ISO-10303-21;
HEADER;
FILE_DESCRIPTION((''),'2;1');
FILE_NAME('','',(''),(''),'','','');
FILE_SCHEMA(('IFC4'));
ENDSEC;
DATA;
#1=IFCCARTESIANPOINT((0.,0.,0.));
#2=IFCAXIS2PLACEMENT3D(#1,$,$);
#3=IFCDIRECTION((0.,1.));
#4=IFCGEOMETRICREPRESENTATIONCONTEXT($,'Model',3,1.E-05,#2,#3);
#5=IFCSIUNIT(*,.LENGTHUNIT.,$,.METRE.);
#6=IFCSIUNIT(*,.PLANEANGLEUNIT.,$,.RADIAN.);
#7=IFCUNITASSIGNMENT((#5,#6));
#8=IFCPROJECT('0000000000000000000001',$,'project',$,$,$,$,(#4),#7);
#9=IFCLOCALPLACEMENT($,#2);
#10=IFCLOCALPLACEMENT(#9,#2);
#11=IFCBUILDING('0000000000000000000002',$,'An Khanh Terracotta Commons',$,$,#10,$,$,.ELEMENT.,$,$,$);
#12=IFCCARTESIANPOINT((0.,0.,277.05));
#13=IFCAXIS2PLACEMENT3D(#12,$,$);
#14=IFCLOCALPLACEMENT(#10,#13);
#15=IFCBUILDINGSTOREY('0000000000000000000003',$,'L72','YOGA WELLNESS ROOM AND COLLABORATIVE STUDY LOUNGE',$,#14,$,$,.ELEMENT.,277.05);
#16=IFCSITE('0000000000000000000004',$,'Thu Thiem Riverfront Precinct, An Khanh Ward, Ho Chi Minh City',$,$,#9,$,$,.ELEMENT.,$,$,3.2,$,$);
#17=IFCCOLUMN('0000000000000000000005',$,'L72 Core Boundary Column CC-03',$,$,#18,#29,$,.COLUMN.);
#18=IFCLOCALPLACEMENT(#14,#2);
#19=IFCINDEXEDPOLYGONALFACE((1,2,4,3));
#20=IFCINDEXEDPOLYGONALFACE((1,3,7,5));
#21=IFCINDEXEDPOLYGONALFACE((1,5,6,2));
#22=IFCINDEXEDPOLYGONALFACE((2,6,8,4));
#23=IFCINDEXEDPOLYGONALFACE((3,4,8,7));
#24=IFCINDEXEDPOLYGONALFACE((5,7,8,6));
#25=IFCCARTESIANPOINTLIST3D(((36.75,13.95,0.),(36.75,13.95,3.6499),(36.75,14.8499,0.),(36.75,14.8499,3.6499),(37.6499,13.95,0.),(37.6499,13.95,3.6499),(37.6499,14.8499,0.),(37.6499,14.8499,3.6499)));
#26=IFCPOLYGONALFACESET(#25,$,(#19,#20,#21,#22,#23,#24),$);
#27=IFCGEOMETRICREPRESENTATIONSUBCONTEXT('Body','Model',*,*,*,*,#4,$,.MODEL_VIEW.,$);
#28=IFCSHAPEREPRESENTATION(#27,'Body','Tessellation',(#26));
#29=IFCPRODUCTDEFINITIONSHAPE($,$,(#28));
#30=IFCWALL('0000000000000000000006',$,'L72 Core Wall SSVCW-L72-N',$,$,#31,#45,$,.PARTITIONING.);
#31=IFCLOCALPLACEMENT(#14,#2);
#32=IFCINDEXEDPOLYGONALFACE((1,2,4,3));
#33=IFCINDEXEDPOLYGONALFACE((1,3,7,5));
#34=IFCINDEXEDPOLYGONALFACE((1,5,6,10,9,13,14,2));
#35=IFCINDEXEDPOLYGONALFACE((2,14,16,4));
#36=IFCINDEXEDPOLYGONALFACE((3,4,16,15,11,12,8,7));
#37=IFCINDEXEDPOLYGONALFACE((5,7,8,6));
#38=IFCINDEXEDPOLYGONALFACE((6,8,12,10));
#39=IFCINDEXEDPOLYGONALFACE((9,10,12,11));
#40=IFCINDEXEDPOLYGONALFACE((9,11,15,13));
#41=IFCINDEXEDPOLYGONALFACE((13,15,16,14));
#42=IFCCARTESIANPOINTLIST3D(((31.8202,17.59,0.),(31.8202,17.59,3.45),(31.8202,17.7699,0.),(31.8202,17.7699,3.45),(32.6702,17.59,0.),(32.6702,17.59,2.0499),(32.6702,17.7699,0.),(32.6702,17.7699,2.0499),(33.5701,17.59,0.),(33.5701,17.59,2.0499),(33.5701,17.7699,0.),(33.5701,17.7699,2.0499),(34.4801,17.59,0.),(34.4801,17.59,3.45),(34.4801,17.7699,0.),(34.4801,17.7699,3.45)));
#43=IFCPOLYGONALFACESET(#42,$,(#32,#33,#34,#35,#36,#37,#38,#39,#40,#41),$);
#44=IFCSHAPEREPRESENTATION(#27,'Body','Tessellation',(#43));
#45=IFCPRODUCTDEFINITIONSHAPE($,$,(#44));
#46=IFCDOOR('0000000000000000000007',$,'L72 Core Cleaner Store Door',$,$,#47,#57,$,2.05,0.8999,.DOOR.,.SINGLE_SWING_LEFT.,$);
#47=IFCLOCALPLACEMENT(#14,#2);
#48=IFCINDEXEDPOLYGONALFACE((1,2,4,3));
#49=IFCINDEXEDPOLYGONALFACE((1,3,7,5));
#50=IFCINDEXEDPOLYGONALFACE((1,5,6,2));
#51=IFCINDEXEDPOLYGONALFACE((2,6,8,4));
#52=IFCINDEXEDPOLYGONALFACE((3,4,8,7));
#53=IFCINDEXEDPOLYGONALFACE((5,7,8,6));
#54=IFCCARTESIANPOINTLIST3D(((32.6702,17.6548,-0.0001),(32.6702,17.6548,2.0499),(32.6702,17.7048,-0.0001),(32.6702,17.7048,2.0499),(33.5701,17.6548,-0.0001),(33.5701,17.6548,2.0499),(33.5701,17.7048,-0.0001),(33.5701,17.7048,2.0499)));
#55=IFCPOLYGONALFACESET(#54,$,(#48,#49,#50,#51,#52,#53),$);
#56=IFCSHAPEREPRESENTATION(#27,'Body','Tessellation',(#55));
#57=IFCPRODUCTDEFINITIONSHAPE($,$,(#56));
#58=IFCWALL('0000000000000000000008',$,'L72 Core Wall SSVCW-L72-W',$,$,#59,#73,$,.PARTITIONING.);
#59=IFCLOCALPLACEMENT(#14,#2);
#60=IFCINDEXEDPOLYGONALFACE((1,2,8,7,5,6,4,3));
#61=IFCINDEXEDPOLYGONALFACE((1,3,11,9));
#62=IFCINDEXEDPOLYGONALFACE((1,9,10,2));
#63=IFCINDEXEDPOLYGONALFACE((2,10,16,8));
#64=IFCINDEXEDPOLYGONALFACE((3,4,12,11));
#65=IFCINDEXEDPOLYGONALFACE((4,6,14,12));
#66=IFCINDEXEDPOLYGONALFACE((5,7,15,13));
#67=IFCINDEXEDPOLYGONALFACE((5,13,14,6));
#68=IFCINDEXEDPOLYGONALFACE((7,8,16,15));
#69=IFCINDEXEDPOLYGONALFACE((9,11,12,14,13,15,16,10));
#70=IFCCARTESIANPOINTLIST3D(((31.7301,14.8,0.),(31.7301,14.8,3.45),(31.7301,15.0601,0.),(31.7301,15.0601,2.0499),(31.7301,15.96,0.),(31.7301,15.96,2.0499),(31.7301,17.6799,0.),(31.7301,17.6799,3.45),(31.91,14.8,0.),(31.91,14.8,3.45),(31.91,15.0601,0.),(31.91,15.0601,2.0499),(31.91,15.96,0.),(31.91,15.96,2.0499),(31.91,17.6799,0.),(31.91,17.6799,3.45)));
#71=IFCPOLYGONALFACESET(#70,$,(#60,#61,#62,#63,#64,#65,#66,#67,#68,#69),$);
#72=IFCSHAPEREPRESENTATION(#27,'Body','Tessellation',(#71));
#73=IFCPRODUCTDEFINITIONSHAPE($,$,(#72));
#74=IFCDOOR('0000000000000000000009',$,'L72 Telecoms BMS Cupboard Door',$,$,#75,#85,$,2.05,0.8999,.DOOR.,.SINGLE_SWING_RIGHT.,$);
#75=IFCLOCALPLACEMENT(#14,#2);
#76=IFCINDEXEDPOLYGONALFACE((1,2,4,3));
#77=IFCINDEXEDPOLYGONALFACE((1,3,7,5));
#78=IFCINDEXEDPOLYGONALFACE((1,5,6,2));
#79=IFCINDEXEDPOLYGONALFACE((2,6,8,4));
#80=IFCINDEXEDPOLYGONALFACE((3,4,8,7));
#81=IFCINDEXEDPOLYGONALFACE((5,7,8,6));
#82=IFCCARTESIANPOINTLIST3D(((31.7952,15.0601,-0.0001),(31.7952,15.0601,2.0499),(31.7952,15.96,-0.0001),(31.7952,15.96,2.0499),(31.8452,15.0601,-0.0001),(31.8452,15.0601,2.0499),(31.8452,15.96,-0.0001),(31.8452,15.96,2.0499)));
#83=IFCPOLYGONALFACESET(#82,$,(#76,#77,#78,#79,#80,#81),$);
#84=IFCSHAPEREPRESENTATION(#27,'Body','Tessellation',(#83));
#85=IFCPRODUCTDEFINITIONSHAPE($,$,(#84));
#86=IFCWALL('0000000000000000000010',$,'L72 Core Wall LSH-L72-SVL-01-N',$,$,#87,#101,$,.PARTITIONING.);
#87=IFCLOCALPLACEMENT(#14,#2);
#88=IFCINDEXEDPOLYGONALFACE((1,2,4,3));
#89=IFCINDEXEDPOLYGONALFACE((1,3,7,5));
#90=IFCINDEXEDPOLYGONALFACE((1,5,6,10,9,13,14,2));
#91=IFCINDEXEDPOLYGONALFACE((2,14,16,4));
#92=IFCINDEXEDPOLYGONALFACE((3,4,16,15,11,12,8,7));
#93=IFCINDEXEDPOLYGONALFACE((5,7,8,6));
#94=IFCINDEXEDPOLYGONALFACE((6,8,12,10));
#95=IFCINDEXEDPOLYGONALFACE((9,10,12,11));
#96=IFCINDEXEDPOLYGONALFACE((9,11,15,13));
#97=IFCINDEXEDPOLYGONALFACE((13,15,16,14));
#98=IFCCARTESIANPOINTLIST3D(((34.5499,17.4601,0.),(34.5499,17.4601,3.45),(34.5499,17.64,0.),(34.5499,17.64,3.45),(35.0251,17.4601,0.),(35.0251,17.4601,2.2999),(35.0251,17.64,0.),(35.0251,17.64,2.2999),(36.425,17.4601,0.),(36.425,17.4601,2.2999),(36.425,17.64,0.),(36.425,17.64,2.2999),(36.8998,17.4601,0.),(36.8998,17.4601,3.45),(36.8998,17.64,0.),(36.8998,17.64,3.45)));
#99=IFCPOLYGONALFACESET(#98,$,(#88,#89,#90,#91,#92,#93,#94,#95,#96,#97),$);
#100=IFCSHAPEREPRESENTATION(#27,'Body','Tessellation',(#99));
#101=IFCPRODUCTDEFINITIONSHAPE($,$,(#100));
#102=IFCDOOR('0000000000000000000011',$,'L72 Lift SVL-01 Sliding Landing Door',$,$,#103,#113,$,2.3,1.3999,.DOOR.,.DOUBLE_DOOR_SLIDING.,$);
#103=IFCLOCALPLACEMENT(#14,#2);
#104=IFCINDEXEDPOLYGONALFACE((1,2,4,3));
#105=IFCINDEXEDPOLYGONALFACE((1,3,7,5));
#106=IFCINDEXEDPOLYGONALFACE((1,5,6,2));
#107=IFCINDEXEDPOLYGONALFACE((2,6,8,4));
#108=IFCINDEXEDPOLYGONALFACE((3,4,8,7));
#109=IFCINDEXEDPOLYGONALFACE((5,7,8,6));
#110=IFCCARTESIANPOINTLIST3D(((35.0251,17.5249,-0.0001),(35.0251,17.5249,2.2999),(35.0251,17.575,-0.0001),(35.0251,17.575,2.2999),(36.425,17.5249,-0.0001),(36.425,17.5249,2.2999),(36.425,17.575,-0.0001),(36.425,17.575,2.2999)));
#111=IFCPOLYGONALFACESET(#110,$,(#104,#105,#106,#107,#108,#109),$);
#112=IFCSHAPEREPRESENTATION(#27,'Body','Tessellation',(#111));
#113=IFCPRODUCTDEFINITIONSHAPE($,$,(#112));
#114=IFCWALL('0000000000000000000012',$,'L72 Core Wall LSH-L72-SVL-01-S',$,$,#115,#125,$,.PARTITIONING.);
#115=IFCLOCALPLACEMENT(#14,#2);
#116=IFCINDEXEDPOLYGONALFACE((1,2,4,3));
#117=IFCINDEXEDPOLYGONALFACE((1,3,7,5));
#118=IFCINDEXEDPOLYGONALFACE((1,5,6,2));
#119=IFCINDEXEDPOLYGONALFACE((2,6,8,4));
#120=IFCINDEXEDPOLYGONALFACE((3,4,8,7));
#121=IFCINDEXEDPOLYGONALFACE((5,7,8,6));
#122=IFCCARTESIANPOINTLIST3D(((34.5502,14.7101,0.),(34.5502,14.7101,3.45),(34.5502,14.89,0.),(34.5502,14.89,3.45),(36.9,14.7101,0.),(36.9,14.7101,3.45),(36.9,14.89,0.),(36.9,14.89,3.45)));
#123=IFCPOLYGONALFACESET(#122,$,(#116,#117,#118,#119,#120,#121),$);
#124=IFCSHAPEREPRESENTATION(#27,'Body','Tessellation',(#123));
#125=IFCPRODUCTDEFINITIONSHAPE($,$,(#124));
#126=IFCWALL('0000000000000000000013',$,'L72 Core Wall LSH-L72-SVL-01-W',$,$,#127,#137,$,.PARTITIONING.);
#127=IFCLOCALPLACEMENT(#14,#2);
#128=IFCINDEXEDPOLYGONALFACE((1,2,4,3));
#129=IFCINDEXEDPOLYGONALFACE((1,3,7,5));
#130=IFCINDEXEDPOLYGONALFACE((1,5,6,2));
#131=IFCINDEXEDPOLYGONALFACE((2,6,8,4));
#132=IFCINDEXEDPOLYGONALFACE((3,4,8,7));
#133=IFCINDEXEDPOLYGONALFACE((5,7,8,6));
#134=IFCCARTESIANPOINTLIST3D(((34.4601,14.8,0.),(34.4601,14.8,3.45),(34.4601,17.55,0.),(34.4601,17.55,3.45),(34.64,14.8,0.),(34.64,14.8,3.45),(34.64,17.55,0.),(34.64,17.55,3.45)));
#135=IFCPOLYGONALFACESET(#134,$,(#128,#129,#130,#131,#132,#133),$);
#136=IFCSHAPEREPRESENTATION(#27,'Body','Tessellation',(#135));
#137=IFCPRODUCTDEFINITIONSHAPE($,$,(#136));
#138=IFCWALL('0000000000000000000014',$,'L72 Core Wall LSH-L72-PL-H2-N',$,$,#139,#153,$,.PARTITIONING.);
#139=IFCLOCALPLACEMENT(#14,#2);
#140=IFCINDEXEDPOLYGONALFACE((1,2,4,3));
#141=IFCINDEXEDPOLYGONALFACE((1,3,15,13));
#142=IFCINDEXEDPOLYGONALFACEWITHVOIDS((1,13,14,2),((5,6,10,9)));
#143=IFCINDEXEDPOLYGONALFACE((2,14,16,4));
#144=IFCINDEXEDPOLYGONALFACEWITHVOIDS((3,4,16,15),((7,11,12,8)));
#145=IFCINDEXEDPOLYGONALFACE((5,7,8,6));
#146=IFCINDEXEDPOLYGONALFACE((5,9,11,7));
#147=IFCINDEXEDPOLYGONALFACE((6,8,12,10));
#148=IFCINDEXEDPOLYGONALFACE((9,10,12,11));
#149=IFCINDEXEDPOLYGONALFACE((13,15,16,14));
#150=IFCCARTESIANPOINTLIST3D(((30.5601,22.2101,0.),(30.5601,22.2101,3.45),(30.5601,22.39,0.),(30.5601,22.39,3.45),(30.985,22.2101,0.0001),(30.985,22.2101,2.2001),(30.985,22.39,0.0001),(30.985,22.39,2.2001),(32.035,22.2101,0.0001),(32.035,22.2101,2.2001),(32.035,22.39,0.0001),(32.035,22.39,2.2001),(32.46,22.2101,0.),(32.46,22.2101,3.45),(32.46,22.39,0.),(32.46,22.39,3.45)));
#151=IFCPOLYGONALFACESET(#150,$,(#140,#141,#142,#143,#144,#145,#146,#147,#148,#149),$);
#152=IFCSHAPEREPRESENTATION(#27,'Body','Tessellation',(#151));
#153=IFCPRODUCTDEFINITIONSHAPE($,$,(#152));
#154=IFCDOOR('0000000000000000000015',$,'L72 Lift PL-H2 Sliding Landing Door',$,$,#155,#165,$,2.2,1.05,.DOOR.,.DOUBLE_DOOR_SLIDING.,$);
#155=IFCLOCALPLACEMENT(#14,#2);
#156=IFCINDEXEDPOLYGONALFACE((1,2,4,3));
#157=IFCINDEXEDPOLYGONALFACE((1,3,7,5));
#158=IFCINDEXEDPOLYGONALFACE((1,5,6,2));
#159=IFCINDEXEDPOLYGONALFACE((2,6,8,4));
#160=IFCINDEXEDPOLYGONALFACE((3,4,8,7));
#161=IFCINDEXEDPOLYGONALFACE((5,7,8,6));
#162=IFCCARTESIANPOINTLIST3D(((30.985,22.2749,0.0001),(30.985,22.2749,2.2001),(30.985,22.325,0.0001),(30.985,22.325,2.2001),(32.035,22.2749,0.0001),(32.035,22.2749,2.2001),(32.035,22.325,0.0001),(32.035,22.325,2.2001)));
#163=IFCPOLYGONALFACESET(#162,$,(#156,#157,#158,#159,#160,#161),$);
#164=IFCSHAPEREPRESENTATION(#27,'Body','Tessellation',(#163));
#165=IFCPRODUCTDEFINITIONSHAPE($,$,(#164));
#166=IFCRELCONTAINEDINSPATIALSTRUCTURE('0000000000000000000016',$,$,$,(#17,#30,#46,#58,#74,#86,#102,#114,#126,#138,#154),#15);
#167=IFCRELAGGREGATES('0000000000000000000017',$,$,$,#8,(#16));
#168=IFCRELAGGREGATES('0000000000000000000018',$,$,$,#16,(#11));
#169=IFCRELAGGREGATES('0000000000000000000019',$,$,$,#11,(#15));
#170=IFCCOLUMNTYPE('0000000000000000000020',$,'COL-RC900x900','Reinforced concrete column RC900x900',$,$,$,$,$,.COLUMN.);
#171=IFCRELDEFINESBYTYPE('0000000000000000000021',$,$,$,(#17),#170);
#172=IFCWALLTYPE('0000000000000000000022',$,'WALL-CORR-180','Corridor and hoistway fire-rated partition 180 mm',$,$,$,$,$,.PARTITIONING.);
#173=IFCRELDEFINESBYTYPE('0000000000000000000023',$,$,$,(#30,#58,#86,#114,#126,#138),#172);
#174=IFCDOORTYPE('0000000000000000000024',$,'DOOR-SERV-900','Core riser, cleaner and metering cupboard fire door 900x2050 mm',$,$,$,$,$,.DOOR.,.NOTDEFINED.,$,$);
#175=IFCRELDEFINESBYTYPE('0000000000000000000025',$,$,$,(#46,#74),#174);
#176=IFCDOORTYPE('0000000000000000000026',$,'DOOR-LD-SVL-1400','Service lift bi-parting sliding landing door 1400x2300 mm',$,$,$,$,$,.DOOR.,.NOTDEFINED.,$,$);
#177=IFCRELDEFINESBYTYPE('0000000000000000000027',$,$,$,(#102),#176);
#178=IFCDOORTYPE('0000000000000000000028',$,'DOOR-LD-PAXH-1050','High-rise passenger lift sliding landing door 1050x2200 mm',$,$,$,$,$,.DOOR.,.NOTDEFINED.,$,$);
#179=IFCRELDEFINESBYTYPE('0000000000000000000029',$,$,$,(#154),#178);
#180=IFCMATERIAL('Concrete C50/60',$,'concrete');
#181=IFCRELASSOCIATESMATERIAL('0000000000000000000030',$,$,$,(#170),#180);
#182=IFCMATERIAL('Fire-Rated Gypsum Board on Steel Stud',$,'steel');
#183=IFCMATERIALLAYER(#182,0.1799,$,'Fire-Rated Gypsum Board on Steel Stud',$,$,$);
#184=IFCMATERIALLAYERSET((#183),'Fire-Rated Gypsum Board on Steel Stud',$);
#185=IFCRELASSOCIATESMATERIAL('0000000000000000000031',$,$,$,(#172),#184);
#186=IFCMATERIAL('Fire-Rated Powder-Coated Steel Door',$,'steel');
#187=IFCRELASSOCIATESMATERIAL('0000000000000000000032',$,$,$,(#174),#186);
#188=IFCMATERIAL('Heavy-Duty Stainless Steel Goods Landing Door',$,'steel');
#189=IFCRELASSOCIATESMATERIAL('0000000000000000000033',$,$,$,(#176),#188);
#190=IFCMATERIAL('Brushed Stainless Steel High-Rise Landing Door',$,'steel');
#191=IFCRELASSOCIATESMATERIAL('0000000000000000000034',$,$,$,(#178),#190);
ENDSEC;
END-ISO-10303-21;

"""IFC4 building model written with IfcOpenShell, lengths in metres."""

from ifc_helpers import new_model, si_unit, direction, frame, frame_2d, origin, origin_2d, place, context, subcontext, project, spatial, rectangle, extrude, material, layer, layer_set, material_profile, profile_set, type_object, element, fill, save


model = new_model("IFC4")

# Units and contexts
model_context = context("Model", 3, precision=1e-05, world=origin(), true_north=direction((0.0, 1.0)))
body_context = subcontext(model_context, "Body", "Model", "MODEL_VIEW")
ifc_project = project(units=[si_unit("LENGTHUNIT", "METRE"), si_unit("PLANEANGLEUNIT", "RADIAN")], contexts=[model_context])

# Site, building, storey
site_placement = place(None, origin())
site = spatial("IfcSite", under=ifc_project, at=site_placement, Name="Thu Thiem Riverfront Precinct, An Khanh Ward, Ho Chi Minh City", CompositionType="ELEMENT", RefElevation=3.2)
building_placement = place(site_placement, origin())
building = spatial("IfcBuilding", under=site, at=building_placement, Name="An Khanh Terracotta Commons", CompositionType="ELEMENT")
storey_placement = place(building_placement, frame((0.0, 0.0, 277.05)))
storey = spatial("IfcBuildingStorey", under=building, at=storey_placement, Name="L72", Description="YOGA WELLNESS ROOM AND COLLABORATIVE STUDY LOUNGE", CompositionType="ELEMENT", Elevation=277.05)

# Column
ifc_material_1 = material(Name="Concrete C50/60", Category="concrete")
ifc_material_profile = material_profile(ifc_material_1, rectangle(XDim=0.8999, YDim=0.8999, at=origin_2d()), Name="RC900x900")
ifc_profile_set = profile_set([ifc_material_profile], Name="Concrete C50/60")
column_type = type_object("IfcColumnType", Name="COL-RC900x900", Description="Reinforced concrete column RC900x900", PredefinedType="COLUMN", material=ifc_profile_set)
column_placement = place(storey_placement, frame((37.2, 14.3999, 0.0), z_axis=(0.0, 0.0, 1.0), x_axis=(1.0, 0.0, 0.0)))
element("IfcColumn", 1, at=column_placement, inside=storey, type_object=column_type, Name="L72 Core Boundary Column CC-03", PredefinedType="COLUMN", context=body_context, shape_type="SweptSolid", body=[
    extrude(rectangle(XDim=0.8999, YDim=0.8999, at=origin_2d()), origin(), (0.0, 0.0, 1.0), 3.6499),
])

# Walls, openings, doors
ifc_material_2 = material(Name="Fire-Rated Gypsum Board on Steel Stud", Category="steel")
ifc_layer_1 = layer(ifc_material_2, 0.1799, Name="Fire-Rated Gypsum Board on Steel Stud")
ifc_layer_set_1 = layer_set([ifc_layer_1], Name="Fire-Rated Gypsum Board on Steel Stud")
wall_type_1 = type_object("IfcWallType", Name="WALL-CORR-180", Description="Corridor and hoistway fire-rated partition 180 mm", PredefinedType="PARTITIONING", material=ifc_layer_set_1)
wall_1_placement = place(storey_placement, frame((31.8201, 17.6799, 0.0), z_axis=(0.0, 0.0, 1.0), x_axis=(1.0, 0.0, 0.0)))
wall_1 = element("IfcWall", 2, at=wall_1_placement, inside=storey, type_object=wall_type_1, Name="L72 Core Wall SSVCW-L72-N", PredefinedType="PARTITIONING", context=body_context, shape_type="SweptSolid", body=[
    extrude(rectangle(XDim=2.6599, YDim=0.1799, at=frame_2d((1.3301, 0.0))), origin(), (0.0, 0.0, 1.0), 3.45),
])
opening_1_placement = place(wall_1_placement, frame((0.8501, 0.0, 0.0)))
opening_1 = element("IfcOpeningElement", 3, at=opening_1_placement, cuts=wall_1, PredefinedType="OPENING", context=body_context, shape_type="SweptSolid", body=[
    extrude(rectangle(XDim=0.8999, YDim=2.05, at=frame_2d((0.45, 1.0249))), frame((0.0, 0.0999, 0.0), z_axis=(0.0, -1.0, 0.0), x_axis=(1.0, 0.0, 0.0)), (0.0, 0.0, 1.0), 0.2),
])
ifc_material_3 = material(Name="Fire-Rated Powder-Coated Steel Door", Category="steel")
door_type_1 = type_object("IfcDoorType", Name="DOOR-SERV-900", Description="Core riser, cleaner and metering cupboard fire door 900x2050 mm", OperationType="NOTDEFINED", PredefinedType="DOOR", material=ifc_material_3)
door_1_placement = place(opening_1_placement, origin())
door_1 = element("IfcDoor", 4, at=door_1_placement, inside=storey, type_object=door_type_1, Name="L72 Core Cleaner Store Door", OperationType="SINGLE_SWING_LEFT", OverallHeight=2.05, OverallWidth=0.8999, PredefinedType="DOOR", context=body_context, shape_type="SweptSolid", body=[
    extrude(rectangle(XDim=0.8999, YDim=2.05, at=frame_2d((0.45, 1.0249))), frame((0.0, 0.0249, 0.0), z_axis=(0.0, -1.0, 0.0), x_axis=(1.0, 0.0, 0.0)), (0.0, 0.0, 1.0), 0.05),
])
fill(opening_1, door_1)
wall_2_placement = place(storey_placement, frame((31.8201, 14.8, 0.0), z_axis=(0.0, 0.0, 1.0), x_axis=(0.0, 1.0, 0.0)))
wall_2 = element("IfcWall", 5, at=wall_2_placement, inside=storey, type_object=wall_type_1, Name="L72 Core Wall SSVCW-L72-W", PredefinedType="PARTITIONING", context=body_context, shape_type="SweptSolid", body=[
    extrude(rectangle(XDim=2.8799, YDim=0.1799, at=frame_2d((1.4399, 0.0))), origin(), (0.0, 0.0, 1.0), 3.45),
])
opening_2_placement = place(wall_2_placement, frame((0.26, 0.0, 0.0)))
opening_2 = element("IfcOpeningElement", 6, at=opening_2_placement, cuts=wall_2, PredefinedType="OPENING", context=body_context, shape_type="SweptSolid", body=[
    extrude(rectangle(XDim=0.8999, YDim=2.05, at=frame_2d((0.45, 1.0249))), frame((0.0, 0.0999, 0.0), z_axis=(0.0, -1.0, 0.0), x_axis=(1.0, 0.0, 0.0)), (0.0, 0.0, 1.0), 0.2),
])
door_2_placement = place(opening_2_placement, origin())
door_2 = element("IfcDoor", 7, at=door_2_placement, inside=storey, type_object=door_type_1, Name="L72 Telecoms BMS Cupboard Door", OperationType="SINGLE_SWING_RIGHT", OverallHeight=2.05, OverallWidth=0.8999, PredefinedType="DOOR", context=body_context, shape_type="SweptSolid", body=[
    extrude(rectangle(XDim=0.8999, YDim=2.05, at=frame_2d((0.45, 1.0249))), frame((0.0, 0.0249, 0.0), z_axis=(0.0, -1.0, 0.0), x_axis=(1.0, 0.0, 0.0)), (0.0, 0.0, 1.0), 0.05),
])
fill(opening_2, door_2)
wall_3_placement = place(storey_placement, frame((34.55, 17.55, 0.0), z_axis=(0.0, 0.0, 1.0), x_axis=(1.0, 0.0, 0.0)))
wall_3 = element("IfcWall", 8, at=wall_3_placement, inside=storey, type_object=wall_type_1, Name="L72 Core Wall LSH-L72-SVL-01-N", PredefinedType="PARTITIONING", context=body_context, shape_type="SweptSolid", body=[
    extrude(rectangle(XDim=2.3499, YDim=0.1799, at=frame_2d((1.1748, 0.0))), origin(), (0.0, 0.0, 1.0), 3.45),
])
opening_3_placement = place(wall_3_placement, frame((0.4751, 0.0, 0.0)))
opening_3 = element("IfcOpeningElement", 9, at=opening_3_placement, cuts=wall_3, PredefinedType="OPENING", context=body_context, shape_type="SweptSolid", body=[
    extrude(rectangle(XDim=1.3999, YDim=2.3, at=frame_2d((0.7, 1.1499))), frame((0.0, 0.0999, 0.0), z_axis=(0.0, -1.0, 0.0), x_axis=(1.0, 0.0, 0.0)), (0.0, 0.0, 1.0), 0.2),
])
ifc_material_4 = material(Name="Heavy-Duty Stainless Steel Goods Landing Door", Category="steel")
door_type_2 = type_object("IfcDoorType", Name="DOOR-LD-SVL-1400", Description="Service lift bi-parting sliding landing door 1400x2300 mm", OperationType="NOTDEFINED", PredefinedType="DOOR", material=ifc_material_4)
door_3_placement = place(opening_3_placement, origin())
door_3 = element("IfcDoor", 10, at=door_3_placement, inside=storey, type_object=door_type_2, Name="L72 Lift SVL-01 Sliding Landing Door", OperationType="DOUBLE_DOOR_SLIDING", OverallHeight=2.3, OverallWidth=1.3999, PredefinedType="DOOR", context=body_context, shape_type="SweptSolid", body=[
    extrude(rectangle(XDim=1.3999, YDim=2.3, at=frame_2d((0.7, 1.1499))), frame((0.0, 0.0249, 0.0), z_axis=(0.0, -1.0, 0.0), x_axis=(1.0, 0.0, 0.0)), (0.0, 0.0, 1.0), 0.05),
])
fill(opening_3, door_3)

# Walls
wall_4_placement = place(storey_placement, frame((36.8999, 14.8, 0.0), z_axis=(0.0, 0.0, 1.0), x_axis=(-1.0, 0.0, 0.0)))
element("IfcWall", 11, at=wall_4_placement, inside=storey, type_object=wall_type_1, Name="L72 Core Wall LSH-L72-SVL-01-S", PredefinedType="PARTITIONING", context=body_context, shape_type="SweptSolid", body=[
    extrude(rectangle(XDim=2.3499, YDim=0.1799, at=frame_2d((1.1748, 0.0))), origin(), (0.0, 0.0, 1.0), 3.45),
])
wall_5_placement = place(storey_placement, frame((34.55, 17.55, 0.0), z_axis=(0.0, 0.0, 1.0), x_axis=(0.0, -1.0, 0.0)))
element("IfcWall", 12, at=wall_5_placement, inside=storey, type_object=wall_type_1, Name="L72 Core Wall LSH-L72-SVL-01-W", PredefinedType="PARTITIONING", context=body_context, shape_type="SweptSolid", body=[
    extrude(rectangle(XDim=2.75, YDim=0.1799, at=frame_2d((1.375, 0.0))), origin(), (0.0, 0.0, 1.0), 3.45),
])

# Wall, opening, door
wall_6_placement = place(storey_placement, frame((30.5601, 22.3, 0.0), z_axis=(0.0, 0.0, 1.0), x_axis=(1.0, 0.0, 0.0)))
wall_6 = element("IfcWall", 13, at=wall_6_placement, inside=storey, type_object=wall_type_1, Name="L72 Core Wall LSH-L72-PL-H2-N", PredefinedType="PARTITIONING", context=body_context, shape_type="SweptSolid", body=[
    extrude(rectangle(XDim=1.8999, YDim=0.1799, at=frame_2d((0.95, 0.0))), origin(), (0.0, 0.0, 1.0), 3.45),
])
opening_4_placement = place(wall_6_placement, frame((0.425, 0.0, 0.0)))
opening_4 = element("IfcOpeningElement", 14, at=opening_4_placement, cuts=wall_6, PredefinedType="OPENING", context=body_context, shape_type="SweptSolid", body=[
    extrude(rectangle(XDim=1.05, YDim=2.2, at=frame_2d((0.5249, 1.1001))), frame((0.0, 0.0999, 0.0), z_axis=(0.0, -1.0, 0.0), x_axis=(1.0, 0.0, 0.0)), (0.0, 0.0, 1.0), 0.2),
])
ifc_material_5 = material(Name="Brushed Stainless Steel High-Rise Landing Door", Category="steel")
door_type_3 = type_object("IfcDoorType", Name="DOOR-LD-PAXH-1050", Description="High-rise passenger lift sliding landing door 1050x2200 mm", OperationType="NOTDEFINED", PredefinedType="DOOR", material=ifc_material_5)
door_4_placement = place(opening_4_placement, origin())
door_4 = element("IfcDoor", 15, at=door_4_placement, inside=storey, type_object=door_type_3, Name="L72 Lift PL-H2 Sliding Landing Door", OperationType="DOUBLE_DOOR_SLIDING", OverallHeight=2.2, OverallWidth=1.05, PredefinedType="DOOR", context=body_context, shape_type="SweptSolid", body=[
    extrude(rectangle(XDim=1.05, YDim=2.2, at=frame_2d((0.5249, 1.1001))), frame((0.0, 0.0249, 0.0), z_axis=(0.0, -1.0, 0.0), x_axis=(1.0, 0.0, 0.0)), (0.0, 0.0, 1.0), 0.05),
])
fill(opening_4, door_4)

save(model, "model.ifc")
